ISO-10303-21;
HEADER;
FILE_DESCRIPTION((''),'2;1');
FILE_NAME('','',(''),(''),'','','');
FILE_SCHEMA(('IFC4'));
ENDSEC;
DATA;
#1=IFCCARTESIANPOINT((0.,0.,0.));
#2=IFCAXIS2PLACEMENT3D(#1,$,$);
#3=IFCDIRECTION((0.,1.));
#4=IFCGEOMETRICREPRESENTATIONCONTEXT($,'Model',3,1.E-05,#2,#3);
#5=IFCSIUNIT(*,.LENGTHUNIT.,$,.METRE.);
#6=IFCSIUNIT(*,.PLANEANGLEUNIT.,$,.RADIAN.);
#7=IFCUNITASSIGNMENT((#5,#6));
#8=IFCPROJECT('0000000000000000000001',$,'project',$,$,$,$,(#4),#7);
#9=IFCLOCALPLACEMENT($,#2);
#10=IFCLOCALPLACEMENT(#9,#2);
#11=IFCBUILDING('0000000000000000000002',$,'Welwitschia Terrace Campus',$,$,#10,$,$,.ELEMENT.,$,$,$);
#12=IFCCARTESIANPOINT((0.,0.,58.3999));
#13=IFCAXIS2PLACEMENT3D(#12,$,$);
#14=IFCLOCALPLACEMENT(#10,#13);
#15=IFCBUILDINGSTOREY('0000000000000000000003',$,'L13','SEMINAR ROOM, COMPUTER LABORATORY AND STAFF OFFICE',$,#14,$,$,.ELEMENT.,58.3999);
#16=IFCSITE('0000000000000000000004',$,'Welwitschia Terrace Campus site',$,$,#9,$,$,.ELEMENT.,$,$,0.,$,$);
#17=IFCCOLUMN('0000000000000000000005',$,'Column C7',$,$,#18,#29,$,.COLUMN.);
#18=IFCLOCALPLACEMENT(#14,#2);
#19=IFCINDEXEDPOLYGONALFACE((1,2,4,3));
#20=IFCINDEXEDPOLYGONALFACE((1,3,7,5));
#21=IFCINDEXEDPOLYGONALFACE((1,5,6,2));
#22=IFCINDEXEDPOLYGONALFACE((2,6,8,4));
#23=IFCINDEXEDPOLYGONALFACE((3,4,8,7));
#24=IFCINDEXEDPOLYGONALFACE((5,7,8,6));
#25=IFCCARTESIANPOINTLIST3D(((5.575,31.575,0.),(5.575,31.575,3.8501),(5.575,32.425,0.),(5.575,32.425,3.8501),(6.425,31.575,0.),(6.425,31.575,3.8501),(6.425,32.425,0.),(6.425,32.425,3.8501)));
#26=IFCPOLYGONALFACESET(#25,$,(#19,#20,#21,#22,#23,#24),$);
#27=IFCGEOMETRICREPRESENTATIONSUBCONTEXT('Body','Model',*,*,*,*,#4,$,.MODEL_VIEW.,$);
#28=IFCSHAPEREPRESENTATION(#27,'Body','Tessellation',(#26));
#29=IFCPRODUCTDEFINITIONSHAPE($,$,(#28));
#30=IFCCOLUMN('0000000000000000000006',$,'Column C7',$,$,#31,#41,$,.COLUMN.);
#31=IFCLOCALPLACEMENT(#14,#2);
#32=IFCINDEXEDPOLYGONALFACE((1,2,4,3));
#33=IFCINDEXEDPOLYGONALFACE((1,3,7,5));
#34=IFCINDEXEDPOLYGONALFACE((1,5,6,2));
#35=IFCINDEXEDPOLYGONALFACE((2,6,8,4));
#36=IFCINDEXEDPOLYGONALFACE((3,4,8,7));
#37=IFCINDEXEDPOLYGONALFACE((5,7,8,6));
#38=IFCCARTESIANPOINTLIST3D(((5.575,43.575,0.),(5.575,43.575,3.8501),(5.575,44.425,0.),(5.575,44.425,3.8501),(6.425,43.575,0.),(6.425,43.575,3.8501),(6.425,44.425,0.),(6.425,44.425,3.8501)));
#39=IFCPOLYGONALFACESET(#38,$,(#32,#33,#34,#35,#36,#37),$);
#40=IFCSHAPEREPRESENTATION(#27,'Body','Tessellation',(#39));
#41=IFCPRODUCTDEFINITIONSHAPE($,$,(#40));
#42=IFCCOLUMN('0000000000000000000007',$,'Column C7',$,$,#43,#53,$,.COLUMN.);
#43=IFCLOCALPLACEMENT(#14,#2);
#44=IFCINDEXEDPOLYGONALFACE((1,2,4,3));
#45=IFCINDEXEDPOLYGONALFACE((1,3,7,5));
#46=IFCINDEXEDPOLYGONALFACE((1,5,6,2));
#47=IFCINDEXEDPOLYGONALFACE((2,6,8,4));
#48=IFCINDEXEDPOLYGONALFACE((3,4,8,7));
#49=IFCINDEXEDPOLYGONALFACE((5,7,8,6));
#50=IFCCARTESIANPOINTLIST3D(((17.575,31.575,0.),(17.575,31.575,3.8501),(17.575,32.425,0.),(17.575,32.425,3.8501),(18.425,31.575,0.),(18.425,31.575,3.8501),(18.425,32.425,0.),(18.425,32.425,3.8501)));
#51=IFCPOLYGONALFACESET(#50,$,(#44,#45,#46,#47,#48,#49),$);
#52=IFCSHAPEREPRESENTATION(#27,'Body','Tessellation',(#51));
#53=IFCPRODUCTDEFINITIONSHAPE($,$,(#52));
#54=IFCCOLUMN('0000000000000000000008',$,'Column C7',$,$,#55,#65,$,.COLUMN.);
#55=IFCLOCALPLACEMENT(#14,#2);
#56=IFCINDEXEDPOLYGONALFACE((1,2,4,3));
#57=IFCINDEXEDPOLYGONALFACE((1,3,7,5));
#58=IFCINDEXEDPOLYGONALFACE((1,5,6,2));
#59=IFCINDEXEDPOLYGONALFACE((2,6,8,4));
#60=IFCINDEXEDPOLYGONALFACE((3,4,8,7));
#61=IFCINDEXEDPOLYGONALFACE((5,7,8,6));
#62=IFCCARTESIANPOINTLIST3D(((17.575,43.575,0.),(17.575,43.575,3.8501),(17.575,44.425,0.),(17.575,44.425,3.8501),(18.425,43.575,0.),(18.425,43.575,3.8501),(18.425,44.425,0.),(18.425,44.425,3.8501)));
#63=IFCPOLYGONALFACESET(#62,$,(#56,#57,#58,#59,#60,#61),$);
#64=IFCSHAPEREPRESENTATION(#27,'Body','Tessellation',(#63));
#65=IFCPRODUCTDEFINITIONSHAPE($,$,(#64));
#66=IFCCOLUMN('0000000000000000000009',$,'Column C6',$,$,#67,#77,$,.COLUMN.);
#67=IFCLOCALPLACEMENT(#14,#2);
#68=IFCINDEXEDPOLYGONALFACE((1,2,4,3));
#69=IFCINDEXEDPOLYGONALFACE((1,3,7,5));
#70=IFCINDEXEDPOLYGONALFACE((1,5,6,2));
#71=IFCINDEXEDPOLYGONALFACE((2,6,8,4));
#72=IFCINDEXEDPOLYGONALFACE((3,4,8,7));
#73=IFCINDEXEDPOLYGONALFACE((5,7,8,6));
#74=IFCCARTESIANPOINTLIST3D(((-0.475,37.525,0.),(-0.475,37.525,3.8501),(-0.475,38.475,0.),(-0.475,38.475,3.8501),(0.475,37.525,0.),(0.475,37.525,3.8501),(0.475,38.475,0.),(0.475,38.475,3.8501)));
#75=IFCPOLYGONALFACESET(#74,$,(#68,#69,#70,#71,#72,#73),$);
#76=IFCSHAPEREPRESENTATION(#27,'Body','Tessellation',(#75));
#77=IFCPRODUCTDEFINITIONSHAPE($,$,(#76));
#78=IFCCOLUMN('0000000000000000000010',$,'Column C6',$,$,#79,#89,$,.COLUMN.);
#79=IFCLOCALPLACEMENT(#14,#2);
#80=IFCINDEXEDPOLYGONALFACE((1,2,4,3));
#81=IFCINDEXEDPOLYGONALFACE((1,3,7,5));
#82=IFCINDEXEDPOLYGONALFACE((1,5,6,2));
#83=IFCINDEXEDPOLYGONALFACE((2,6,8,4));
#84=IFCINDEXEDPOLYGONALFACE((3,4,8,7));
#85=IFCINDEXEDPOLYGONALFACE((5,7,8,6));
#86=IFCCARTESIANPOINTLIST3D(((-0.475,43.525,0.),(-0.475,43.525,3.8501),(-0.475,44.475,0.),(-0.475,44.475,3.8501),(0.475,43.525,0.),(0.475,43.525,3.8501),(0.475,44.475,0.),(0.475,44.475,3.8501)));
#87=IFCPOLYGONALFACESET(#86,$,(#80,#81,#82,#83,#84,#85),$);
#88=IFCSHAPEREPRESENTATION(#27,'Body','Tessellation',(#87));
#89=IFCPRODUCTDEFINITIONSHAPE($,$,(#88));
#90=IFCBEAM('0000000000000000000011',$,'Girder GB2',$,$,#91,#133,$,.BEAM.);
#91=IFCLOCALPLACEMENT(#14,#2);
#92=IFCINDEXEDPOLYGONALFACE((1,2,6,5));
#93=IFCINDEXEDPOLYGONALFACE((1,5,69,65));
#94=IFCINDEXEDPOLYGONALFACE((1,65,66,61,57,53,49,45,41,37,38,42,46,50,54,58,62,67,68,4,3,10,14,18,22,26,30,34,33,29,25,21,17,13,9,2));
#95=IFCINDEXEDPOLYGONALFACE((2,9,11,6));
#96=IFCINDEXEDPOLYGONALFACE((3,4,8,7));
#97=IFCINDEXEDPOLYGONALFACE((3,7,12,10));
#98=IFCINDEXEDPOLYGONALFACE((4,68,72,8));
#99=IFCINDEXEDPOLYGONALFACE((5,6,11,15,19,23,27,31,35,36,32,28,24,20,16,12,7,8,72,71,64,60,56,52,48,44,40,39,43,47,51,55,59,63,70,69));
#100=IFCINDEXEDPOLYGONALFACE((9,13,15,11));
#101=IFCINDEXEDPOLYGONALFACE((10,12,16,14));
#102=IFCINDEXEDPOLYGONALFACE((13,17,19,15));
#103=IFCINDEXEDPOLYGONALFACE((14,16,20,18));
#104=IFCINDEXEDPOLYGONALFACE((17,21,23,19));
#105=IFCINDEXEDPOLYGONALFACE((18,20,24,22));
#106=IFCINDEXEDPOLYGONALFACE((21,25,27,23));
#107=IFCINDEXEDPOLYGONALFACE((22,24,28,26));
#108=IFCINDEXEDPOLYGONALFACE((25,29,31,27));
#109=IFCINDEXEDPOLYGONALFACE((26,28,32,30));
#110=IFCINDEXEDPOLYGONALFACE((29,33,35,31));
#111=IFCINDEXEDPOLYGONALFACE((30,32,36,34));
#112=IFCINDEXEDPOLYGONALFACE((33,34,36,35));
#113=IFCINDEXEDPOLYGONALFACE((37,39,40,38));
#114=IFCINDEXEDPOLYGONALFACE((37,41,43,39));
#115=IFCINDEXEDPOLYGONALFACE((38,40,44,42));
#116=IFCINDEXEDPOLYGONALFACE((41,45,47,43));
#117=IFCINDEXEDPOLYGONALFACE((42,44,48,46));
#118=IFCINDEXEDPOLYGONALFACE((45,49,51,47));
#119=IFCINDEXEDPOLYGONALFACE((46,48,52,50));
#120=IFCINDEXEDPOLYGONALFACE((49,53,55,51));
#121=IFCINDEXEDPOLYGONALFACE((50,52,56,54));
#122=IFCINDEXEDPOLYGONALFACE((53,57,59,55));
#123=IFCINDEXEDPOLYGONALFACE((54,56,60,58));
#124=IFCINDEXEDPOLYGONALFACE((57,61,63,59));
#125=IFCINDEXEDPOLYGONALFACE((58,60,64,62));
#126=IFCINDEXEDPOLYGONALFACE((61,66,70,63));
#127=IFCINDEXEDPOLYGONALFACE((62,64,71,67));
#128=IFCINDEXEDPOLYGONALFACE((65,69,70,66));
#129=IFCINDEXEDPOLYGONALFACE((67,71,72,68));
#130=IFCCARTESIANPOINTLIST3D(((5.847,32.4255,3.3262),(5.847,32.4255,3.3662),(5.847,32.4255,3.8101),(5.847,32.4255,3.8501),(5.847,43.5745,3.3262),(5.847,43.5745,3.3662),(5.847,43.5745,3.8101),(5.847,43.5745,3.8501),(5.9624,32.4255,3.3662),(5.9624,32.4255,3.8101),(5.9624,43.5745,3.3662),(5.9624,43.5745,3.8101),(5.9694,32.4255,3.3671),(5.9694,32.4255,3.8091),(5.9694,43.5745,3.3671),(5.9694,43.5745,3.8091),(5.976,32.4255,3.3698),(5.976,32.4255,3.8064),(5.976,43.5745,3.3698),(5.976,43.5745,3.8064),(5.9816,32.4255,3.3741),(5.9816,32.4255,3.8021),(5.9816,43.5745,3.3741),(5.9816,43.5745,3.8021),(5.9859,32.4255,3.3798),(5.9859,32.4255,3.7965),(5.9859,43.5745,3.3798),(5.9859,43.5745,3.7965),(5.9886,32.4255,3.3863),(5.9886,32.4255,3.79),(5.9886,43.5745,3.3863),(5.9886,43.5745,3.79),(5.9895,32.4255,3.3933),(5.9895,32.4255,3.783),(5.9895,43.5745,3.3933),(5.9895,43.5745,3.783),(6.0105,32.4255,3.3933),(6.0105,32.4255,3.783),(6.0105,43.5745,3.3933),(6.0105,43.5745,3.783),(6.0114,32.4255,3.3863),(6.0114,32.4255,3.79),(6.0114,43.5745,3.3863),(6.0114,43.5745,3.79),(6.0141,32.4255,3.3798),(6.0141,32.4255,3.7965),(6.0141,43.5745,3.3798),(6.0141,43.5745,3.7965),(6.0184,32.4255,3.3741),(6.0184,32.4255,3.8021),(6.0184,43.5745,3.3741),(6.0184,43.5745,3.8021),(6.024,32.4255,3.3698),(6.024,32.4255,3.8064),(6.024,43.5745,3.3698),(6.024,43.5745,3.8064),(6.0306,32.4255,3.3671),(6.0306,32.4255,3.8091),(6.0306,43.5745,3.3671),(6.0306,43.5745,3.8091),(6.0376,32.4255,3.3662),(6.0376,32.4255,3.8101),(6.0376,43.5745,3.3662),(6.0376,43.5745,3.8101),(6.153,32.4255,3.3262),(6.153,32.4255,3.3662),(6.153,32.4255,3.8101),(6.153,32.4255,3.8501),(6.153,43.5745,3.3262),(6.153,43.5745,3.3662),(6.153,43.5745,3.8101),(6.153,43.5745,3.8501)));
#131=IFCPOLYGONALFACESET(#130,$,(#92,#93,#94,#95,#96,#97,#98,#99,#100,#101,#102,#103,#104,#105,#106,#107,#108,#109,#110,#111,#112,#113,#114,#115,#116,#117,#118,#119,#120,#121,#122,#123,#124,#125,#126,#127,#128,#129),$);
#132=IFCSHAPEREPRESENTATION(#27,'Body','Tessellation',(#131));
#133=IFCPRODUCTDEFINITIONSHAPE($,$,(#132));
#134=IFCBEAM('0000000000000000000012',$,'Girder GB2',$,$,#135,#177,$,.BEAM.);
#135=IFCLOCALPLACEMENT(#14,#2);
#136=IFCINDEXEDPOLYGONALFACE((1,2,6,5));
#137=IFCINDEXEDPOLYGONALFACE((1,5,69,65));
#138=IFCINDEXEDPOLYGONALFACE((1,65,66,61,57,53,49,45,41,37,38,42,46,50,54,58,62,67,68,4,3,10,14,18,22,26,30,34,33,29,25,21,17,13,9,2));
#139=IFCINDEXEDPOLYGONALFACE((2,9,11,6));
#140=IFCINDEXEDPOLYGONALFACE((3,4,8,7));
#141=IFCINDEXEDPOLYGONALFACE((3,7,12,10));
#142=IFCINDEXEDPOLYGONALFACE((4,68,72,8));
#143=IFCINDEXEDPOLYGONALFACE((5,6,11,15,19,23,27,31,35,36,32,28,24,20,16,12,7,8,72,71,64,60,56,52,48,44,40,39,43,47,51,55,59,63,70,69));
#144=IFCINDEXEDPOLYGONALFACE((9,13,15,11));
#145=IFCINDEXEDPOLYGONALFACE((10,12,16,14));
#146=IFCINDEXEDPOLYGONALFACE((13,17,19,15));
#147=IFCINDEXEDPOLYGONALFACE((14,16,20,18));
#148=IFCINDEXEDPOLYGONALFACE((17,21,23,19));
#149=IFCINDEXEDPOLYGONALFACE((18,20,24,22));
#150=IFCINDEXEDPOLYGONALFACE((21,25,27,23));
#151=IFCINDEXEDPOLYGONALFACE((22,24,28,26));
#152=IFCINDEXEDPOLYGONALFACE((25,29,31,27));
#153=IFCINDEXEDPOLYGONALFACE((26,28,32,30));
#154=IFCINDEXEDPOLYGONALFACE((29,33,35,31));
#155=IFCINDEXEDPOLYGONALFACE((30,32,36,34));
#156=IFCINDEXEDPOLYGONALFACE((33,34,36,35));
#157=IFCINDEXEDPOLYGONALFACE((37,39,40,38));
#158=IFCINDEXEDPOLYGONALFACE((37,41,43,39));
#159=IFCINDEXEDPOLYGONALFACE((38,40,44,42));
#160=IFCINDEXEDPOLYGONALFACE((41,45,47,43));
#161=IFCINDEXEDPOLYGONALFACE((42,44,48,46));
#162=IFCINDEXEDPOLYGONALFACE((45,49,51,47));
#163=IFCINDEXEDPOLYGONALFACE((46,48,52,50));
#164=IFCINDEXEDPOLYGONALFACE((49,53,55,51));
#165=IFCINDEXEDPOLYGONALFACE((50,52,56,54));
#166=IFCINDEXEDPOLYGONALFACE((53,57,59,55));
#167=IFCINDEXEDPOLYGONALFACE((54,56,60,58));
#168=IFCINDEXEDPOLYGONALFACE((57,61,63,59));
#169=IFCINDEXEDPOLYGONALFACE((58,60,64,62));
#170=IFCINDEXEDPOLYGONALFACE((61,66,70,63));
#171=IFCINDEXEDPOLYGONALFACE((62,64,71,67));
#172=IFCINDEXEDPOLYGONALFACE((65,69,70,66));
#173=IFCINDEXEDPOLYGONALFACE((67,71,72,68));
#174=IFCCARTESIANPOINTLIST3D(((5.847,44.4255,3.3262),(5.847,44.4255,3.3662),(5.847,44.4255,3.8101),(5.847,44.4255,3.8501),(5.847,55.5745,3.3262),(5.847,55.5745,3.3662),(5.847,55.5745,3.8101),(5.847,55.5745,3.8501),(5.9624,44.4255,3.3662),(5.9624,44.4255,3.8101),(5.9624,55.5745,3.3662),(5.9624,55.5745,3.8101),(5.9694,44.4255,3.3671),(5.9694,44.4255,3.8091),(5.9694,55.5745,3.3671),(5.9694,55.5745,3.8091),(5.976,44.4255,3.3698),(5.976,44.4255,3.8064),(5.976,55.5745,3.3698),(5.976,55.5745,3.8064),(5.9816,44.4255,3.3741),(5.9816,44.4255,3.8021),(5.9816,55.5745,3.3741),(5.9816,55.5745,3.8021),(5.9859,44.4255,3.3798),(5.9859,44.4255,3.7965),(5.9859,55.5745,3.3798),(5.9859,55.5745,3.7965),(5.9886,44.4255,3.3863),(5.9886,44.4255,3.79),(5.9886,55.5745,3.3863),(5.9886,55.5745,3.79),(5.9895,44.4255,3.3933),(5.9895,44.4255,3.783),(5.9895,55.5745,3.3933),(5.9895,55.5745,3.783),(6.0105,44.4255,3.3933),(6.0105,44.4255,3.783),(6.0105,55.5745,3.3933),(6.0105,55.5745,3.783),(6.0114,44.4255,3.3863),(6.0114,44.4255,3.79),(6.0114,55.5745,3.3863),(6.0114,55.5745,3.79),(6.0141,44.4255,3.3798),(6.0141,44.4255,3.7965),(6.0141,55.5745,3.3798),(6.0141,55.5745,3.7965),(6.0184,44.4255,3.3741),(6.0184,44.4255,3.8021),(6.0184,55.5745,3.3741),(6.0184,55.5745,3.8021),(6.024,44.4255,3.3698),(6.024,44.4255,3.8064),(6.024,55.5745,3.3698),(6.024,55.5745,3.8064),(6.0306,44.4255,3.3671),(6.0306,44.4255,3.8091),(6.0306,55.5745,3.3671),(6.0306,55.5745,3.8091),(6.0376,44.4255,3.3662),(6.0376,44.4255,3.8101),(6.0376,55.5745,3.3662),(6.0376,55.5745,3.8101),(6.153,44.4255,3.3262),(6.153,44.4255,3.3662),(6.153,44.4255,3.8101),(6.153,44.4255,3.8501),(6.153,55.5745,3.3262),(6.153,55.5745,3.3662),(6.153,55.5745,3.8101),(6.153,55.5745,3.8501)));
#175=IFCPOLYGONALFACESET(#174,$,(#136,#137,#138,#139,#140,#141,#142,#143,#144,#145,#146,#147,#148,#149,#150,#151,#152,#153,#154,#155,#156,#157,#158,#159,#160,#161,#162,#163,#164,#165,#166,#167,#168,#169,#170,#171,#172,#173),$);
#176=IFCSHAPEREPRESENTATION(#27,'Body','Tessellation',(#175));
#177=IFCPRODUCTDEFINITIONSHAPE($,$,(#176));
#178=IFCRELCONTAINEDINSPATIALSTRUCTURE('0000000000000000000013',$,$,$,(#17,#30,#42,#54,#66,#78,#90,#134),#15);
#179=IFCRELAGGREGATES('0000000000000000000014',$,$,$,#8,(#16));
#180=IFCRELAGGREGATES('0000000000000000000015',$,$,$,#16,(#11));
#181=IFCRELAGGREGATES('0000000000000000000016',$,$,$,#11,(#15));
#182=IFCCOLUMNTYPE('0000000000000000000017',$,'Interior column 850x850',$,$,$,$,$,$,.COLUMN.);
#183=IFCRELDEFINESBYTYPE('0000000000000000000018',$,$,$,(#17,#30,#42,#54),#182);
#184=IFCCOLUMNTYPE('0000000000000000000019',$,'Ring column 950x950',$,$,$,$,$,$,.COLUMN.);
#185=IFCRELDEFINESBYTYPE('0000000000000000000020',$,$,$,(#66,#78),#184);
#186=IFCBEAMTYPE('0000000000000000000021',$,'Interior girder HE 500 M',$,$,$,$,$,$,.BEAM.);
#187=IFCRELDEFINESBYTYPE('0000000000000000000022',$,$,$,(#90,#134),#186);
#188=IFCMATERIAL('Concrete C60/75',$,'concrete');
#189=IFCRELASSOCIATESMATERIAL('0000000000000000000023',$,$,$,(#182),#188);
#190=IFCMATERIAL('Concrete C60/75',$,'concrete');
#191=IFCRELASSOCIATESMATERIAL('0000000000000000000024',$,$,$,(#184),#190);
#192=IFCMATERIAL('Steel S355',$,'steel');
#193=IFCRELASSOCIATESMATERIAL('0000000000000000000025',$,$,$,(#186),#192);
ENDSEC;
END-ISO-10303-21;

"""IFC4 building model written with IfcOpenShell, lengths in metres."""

from ifc_helpers import new_model, si_unit, direction, frame, origin, origin_2d, place, context, subcontext, project, spatial, rectangle, i_section, extrude, material, material_profile, profile_set, type_object, element, save


model = new_model("IFC4")

# Units and contexts
model_context = context("Model", 3, precision=1e-05, world=origin(), true_north=direction((0.0, 1.0)))
body_context = subcontext(model_context, "Body", "Model", "MODEL_VIEW")
ifc_project = project(units=[si_unit("LENGTHUNIT", "METRE"), si_unit("PLANEANGLEUNIT", "RADIAN")], contexts=[model_context])

# Site, building, storey
site_placement = place(None, origin())
site = spatial("IfcSite", under=ifc_project, at=site_placement, Name="Welwitschia Terrace Campus site", CompositionType="ELEMENT", RefElevation=0.0)
building_placement = place(site_placement, origin())
building = spatial("IfcBuilding", under=site, at=building_placement, Name="Welwitschia Terrace Campus", CompositionType="ELEMENT")
storey_placement = place(building_placement, frame((0.0, 0.0, 58.3999)))
storey = spatial("IfcBuildingStorey", under=building, at=storey_placement, Name="L13", Description="SEMINAR ROOM, COMPUTER LABORATORY AND STAFF OFFICE", CompositionType="ELEMENT", Elevation=58.3999)

# Columns
ifc_material_1 = material(Name="Concrete C60/75", Category="concrete")
ifc_material_profile_1 = material_profile(ifc_material_1, rectangle(XDim=0.8501, YDim=0.8501, at=origin_2d()))
ifc_profile_set_1 = profile_set([ifc_material_profile_1], Name="Concrete C60/75")
column_type_1 = type_object("IfcColumnType", Name="Interior column 850x850", PredefinedType="COLUMN", material=ifc_profile_set_1)
for number, where, z_axis, x_axis, name in (
    (1, (6.0, 32.0, 0.0), (0.0, 0.0, 1.0), (1.0, 0.0, 0.0), "Column C7"),
    (2, (6.0, 44.0, 0.0), (0.0, 0.0, 1.0), (1.0, 0.0, 0.0), "Column C7"),
    (3, (18.0, 32.0, 0.0), (0.0, 0.0, 1.0), (1.0, 0.0, 0.0), "Column C7"),
    (4, (18.0, 44.0, 0.0), (0.0, 0.0, 1.0), (1.0, 0.0, 0.0), "Column C7"),
):
    element("IfcColumn", number, at=place(storey_placement, frame(where, z_axis=z_axis, x_axis=x_axis)), inside=storey, type_object=column_type_1, Name=name, PredefinedType="COLUMN", context=body_context, shape_type="SweptSolid", body=[
        extrude(rectangle(XDim=0.8501, YDim=0.8501, at=origin_2d()), origin(), (0.0, 0.0, 1.0), 3.8501),
    ])
ifc_material_2 = material(Name="Concrete C60/75", Category="concrete")
ifc_material_profile_2 = material_profile(ifc_material_2, rectangle(XDim=0.95, YDim=0.95, at=origin_2d()))
ifc_profile_set_2 = profile_set([ifc_material_profile_2], Name="Concrete C60/75")
column_type_2 = type_object("IfcColumnType", Name="Ring column 950x950", PredefinedType="COLUMN", material=ifc_profile_set_2)
for number, where, z_axis, x_axis, name in (
    (5, (0.0, 38.0, 0.0), (0.0, 0.0, 1.0), (1.0, 0.0, 0.0), "Column C6"),
    (6, (0.0, 44.0, 0.0), (0.0, 0.0, 1.0), (1.0, 0.0, 0.0), "Column C6"),
):
    element("IfcColumn", number, at=place(storey_placement, frame(where, z_axis=z_axis, x_axis=x_axis)), inside=storey, type_object=column_type_2, Name=name, PredefinedType="COLUMN", context=body_context, shape_type="SweptSolid", body=[
        extrude(rectangle(XDim=0.95, YDim=0.95, at=origin_2d()), origin(), (0.0, 0.0, 1.0), 3.8501),
    ])

# Beams
ifc_material_3 = material(Name="Steel S355", Category="steel")
ifc_material_profile_3 = material_profile(ifc_material_3, i_section(OverallWidth=0.3059, OverallDepth=0.5239, WebThickness=0.021, FlangeThickness=0.04, FilletRadius=0.0271, at=origin_2d()))
ifc_profile_set_3 = profile_set([ifc_material_profile_3], Name="Steel S355")
beam_type_1 = type_object("IfcBeamType", Name="Interior girder HE 500 M", PredefinedType="BEAM", material=ifc_profile_set_3)
for number, where, z_axis, x_axis, name in (
    (7, (6.0, 32.4255, 3.5881), (0.0, 1.0, 0.0), (-1.0, 0.0, 0.0), "Girder GB2"),
    (8, (6.0, 44.4255, 3.5881), (0.0, 1.0, 0.0), (-1.0, 0.0, 0.0), "Girder GB2"),
):
    element("IfcBeam", number, at=place(storey_placement, frame(where, z_axis=z_axis, x_axis=x_axis)), inside=storey, type_object=beam_type_1, Name=name, PredefinedType="BEAM", context=body_context, shape_type="SweptSolid", body=[
        extrude(i_section(OverallWidth=0.3059, OverallDepth=0.5239, WebThickness=0.021, FlangeThickness=0.04, FilletRadius=0.0271, at=origin_2d()), origin(), (0.0, 0.0, 1.0), 11.1489),
    ])

save(model, "model.ifc")
